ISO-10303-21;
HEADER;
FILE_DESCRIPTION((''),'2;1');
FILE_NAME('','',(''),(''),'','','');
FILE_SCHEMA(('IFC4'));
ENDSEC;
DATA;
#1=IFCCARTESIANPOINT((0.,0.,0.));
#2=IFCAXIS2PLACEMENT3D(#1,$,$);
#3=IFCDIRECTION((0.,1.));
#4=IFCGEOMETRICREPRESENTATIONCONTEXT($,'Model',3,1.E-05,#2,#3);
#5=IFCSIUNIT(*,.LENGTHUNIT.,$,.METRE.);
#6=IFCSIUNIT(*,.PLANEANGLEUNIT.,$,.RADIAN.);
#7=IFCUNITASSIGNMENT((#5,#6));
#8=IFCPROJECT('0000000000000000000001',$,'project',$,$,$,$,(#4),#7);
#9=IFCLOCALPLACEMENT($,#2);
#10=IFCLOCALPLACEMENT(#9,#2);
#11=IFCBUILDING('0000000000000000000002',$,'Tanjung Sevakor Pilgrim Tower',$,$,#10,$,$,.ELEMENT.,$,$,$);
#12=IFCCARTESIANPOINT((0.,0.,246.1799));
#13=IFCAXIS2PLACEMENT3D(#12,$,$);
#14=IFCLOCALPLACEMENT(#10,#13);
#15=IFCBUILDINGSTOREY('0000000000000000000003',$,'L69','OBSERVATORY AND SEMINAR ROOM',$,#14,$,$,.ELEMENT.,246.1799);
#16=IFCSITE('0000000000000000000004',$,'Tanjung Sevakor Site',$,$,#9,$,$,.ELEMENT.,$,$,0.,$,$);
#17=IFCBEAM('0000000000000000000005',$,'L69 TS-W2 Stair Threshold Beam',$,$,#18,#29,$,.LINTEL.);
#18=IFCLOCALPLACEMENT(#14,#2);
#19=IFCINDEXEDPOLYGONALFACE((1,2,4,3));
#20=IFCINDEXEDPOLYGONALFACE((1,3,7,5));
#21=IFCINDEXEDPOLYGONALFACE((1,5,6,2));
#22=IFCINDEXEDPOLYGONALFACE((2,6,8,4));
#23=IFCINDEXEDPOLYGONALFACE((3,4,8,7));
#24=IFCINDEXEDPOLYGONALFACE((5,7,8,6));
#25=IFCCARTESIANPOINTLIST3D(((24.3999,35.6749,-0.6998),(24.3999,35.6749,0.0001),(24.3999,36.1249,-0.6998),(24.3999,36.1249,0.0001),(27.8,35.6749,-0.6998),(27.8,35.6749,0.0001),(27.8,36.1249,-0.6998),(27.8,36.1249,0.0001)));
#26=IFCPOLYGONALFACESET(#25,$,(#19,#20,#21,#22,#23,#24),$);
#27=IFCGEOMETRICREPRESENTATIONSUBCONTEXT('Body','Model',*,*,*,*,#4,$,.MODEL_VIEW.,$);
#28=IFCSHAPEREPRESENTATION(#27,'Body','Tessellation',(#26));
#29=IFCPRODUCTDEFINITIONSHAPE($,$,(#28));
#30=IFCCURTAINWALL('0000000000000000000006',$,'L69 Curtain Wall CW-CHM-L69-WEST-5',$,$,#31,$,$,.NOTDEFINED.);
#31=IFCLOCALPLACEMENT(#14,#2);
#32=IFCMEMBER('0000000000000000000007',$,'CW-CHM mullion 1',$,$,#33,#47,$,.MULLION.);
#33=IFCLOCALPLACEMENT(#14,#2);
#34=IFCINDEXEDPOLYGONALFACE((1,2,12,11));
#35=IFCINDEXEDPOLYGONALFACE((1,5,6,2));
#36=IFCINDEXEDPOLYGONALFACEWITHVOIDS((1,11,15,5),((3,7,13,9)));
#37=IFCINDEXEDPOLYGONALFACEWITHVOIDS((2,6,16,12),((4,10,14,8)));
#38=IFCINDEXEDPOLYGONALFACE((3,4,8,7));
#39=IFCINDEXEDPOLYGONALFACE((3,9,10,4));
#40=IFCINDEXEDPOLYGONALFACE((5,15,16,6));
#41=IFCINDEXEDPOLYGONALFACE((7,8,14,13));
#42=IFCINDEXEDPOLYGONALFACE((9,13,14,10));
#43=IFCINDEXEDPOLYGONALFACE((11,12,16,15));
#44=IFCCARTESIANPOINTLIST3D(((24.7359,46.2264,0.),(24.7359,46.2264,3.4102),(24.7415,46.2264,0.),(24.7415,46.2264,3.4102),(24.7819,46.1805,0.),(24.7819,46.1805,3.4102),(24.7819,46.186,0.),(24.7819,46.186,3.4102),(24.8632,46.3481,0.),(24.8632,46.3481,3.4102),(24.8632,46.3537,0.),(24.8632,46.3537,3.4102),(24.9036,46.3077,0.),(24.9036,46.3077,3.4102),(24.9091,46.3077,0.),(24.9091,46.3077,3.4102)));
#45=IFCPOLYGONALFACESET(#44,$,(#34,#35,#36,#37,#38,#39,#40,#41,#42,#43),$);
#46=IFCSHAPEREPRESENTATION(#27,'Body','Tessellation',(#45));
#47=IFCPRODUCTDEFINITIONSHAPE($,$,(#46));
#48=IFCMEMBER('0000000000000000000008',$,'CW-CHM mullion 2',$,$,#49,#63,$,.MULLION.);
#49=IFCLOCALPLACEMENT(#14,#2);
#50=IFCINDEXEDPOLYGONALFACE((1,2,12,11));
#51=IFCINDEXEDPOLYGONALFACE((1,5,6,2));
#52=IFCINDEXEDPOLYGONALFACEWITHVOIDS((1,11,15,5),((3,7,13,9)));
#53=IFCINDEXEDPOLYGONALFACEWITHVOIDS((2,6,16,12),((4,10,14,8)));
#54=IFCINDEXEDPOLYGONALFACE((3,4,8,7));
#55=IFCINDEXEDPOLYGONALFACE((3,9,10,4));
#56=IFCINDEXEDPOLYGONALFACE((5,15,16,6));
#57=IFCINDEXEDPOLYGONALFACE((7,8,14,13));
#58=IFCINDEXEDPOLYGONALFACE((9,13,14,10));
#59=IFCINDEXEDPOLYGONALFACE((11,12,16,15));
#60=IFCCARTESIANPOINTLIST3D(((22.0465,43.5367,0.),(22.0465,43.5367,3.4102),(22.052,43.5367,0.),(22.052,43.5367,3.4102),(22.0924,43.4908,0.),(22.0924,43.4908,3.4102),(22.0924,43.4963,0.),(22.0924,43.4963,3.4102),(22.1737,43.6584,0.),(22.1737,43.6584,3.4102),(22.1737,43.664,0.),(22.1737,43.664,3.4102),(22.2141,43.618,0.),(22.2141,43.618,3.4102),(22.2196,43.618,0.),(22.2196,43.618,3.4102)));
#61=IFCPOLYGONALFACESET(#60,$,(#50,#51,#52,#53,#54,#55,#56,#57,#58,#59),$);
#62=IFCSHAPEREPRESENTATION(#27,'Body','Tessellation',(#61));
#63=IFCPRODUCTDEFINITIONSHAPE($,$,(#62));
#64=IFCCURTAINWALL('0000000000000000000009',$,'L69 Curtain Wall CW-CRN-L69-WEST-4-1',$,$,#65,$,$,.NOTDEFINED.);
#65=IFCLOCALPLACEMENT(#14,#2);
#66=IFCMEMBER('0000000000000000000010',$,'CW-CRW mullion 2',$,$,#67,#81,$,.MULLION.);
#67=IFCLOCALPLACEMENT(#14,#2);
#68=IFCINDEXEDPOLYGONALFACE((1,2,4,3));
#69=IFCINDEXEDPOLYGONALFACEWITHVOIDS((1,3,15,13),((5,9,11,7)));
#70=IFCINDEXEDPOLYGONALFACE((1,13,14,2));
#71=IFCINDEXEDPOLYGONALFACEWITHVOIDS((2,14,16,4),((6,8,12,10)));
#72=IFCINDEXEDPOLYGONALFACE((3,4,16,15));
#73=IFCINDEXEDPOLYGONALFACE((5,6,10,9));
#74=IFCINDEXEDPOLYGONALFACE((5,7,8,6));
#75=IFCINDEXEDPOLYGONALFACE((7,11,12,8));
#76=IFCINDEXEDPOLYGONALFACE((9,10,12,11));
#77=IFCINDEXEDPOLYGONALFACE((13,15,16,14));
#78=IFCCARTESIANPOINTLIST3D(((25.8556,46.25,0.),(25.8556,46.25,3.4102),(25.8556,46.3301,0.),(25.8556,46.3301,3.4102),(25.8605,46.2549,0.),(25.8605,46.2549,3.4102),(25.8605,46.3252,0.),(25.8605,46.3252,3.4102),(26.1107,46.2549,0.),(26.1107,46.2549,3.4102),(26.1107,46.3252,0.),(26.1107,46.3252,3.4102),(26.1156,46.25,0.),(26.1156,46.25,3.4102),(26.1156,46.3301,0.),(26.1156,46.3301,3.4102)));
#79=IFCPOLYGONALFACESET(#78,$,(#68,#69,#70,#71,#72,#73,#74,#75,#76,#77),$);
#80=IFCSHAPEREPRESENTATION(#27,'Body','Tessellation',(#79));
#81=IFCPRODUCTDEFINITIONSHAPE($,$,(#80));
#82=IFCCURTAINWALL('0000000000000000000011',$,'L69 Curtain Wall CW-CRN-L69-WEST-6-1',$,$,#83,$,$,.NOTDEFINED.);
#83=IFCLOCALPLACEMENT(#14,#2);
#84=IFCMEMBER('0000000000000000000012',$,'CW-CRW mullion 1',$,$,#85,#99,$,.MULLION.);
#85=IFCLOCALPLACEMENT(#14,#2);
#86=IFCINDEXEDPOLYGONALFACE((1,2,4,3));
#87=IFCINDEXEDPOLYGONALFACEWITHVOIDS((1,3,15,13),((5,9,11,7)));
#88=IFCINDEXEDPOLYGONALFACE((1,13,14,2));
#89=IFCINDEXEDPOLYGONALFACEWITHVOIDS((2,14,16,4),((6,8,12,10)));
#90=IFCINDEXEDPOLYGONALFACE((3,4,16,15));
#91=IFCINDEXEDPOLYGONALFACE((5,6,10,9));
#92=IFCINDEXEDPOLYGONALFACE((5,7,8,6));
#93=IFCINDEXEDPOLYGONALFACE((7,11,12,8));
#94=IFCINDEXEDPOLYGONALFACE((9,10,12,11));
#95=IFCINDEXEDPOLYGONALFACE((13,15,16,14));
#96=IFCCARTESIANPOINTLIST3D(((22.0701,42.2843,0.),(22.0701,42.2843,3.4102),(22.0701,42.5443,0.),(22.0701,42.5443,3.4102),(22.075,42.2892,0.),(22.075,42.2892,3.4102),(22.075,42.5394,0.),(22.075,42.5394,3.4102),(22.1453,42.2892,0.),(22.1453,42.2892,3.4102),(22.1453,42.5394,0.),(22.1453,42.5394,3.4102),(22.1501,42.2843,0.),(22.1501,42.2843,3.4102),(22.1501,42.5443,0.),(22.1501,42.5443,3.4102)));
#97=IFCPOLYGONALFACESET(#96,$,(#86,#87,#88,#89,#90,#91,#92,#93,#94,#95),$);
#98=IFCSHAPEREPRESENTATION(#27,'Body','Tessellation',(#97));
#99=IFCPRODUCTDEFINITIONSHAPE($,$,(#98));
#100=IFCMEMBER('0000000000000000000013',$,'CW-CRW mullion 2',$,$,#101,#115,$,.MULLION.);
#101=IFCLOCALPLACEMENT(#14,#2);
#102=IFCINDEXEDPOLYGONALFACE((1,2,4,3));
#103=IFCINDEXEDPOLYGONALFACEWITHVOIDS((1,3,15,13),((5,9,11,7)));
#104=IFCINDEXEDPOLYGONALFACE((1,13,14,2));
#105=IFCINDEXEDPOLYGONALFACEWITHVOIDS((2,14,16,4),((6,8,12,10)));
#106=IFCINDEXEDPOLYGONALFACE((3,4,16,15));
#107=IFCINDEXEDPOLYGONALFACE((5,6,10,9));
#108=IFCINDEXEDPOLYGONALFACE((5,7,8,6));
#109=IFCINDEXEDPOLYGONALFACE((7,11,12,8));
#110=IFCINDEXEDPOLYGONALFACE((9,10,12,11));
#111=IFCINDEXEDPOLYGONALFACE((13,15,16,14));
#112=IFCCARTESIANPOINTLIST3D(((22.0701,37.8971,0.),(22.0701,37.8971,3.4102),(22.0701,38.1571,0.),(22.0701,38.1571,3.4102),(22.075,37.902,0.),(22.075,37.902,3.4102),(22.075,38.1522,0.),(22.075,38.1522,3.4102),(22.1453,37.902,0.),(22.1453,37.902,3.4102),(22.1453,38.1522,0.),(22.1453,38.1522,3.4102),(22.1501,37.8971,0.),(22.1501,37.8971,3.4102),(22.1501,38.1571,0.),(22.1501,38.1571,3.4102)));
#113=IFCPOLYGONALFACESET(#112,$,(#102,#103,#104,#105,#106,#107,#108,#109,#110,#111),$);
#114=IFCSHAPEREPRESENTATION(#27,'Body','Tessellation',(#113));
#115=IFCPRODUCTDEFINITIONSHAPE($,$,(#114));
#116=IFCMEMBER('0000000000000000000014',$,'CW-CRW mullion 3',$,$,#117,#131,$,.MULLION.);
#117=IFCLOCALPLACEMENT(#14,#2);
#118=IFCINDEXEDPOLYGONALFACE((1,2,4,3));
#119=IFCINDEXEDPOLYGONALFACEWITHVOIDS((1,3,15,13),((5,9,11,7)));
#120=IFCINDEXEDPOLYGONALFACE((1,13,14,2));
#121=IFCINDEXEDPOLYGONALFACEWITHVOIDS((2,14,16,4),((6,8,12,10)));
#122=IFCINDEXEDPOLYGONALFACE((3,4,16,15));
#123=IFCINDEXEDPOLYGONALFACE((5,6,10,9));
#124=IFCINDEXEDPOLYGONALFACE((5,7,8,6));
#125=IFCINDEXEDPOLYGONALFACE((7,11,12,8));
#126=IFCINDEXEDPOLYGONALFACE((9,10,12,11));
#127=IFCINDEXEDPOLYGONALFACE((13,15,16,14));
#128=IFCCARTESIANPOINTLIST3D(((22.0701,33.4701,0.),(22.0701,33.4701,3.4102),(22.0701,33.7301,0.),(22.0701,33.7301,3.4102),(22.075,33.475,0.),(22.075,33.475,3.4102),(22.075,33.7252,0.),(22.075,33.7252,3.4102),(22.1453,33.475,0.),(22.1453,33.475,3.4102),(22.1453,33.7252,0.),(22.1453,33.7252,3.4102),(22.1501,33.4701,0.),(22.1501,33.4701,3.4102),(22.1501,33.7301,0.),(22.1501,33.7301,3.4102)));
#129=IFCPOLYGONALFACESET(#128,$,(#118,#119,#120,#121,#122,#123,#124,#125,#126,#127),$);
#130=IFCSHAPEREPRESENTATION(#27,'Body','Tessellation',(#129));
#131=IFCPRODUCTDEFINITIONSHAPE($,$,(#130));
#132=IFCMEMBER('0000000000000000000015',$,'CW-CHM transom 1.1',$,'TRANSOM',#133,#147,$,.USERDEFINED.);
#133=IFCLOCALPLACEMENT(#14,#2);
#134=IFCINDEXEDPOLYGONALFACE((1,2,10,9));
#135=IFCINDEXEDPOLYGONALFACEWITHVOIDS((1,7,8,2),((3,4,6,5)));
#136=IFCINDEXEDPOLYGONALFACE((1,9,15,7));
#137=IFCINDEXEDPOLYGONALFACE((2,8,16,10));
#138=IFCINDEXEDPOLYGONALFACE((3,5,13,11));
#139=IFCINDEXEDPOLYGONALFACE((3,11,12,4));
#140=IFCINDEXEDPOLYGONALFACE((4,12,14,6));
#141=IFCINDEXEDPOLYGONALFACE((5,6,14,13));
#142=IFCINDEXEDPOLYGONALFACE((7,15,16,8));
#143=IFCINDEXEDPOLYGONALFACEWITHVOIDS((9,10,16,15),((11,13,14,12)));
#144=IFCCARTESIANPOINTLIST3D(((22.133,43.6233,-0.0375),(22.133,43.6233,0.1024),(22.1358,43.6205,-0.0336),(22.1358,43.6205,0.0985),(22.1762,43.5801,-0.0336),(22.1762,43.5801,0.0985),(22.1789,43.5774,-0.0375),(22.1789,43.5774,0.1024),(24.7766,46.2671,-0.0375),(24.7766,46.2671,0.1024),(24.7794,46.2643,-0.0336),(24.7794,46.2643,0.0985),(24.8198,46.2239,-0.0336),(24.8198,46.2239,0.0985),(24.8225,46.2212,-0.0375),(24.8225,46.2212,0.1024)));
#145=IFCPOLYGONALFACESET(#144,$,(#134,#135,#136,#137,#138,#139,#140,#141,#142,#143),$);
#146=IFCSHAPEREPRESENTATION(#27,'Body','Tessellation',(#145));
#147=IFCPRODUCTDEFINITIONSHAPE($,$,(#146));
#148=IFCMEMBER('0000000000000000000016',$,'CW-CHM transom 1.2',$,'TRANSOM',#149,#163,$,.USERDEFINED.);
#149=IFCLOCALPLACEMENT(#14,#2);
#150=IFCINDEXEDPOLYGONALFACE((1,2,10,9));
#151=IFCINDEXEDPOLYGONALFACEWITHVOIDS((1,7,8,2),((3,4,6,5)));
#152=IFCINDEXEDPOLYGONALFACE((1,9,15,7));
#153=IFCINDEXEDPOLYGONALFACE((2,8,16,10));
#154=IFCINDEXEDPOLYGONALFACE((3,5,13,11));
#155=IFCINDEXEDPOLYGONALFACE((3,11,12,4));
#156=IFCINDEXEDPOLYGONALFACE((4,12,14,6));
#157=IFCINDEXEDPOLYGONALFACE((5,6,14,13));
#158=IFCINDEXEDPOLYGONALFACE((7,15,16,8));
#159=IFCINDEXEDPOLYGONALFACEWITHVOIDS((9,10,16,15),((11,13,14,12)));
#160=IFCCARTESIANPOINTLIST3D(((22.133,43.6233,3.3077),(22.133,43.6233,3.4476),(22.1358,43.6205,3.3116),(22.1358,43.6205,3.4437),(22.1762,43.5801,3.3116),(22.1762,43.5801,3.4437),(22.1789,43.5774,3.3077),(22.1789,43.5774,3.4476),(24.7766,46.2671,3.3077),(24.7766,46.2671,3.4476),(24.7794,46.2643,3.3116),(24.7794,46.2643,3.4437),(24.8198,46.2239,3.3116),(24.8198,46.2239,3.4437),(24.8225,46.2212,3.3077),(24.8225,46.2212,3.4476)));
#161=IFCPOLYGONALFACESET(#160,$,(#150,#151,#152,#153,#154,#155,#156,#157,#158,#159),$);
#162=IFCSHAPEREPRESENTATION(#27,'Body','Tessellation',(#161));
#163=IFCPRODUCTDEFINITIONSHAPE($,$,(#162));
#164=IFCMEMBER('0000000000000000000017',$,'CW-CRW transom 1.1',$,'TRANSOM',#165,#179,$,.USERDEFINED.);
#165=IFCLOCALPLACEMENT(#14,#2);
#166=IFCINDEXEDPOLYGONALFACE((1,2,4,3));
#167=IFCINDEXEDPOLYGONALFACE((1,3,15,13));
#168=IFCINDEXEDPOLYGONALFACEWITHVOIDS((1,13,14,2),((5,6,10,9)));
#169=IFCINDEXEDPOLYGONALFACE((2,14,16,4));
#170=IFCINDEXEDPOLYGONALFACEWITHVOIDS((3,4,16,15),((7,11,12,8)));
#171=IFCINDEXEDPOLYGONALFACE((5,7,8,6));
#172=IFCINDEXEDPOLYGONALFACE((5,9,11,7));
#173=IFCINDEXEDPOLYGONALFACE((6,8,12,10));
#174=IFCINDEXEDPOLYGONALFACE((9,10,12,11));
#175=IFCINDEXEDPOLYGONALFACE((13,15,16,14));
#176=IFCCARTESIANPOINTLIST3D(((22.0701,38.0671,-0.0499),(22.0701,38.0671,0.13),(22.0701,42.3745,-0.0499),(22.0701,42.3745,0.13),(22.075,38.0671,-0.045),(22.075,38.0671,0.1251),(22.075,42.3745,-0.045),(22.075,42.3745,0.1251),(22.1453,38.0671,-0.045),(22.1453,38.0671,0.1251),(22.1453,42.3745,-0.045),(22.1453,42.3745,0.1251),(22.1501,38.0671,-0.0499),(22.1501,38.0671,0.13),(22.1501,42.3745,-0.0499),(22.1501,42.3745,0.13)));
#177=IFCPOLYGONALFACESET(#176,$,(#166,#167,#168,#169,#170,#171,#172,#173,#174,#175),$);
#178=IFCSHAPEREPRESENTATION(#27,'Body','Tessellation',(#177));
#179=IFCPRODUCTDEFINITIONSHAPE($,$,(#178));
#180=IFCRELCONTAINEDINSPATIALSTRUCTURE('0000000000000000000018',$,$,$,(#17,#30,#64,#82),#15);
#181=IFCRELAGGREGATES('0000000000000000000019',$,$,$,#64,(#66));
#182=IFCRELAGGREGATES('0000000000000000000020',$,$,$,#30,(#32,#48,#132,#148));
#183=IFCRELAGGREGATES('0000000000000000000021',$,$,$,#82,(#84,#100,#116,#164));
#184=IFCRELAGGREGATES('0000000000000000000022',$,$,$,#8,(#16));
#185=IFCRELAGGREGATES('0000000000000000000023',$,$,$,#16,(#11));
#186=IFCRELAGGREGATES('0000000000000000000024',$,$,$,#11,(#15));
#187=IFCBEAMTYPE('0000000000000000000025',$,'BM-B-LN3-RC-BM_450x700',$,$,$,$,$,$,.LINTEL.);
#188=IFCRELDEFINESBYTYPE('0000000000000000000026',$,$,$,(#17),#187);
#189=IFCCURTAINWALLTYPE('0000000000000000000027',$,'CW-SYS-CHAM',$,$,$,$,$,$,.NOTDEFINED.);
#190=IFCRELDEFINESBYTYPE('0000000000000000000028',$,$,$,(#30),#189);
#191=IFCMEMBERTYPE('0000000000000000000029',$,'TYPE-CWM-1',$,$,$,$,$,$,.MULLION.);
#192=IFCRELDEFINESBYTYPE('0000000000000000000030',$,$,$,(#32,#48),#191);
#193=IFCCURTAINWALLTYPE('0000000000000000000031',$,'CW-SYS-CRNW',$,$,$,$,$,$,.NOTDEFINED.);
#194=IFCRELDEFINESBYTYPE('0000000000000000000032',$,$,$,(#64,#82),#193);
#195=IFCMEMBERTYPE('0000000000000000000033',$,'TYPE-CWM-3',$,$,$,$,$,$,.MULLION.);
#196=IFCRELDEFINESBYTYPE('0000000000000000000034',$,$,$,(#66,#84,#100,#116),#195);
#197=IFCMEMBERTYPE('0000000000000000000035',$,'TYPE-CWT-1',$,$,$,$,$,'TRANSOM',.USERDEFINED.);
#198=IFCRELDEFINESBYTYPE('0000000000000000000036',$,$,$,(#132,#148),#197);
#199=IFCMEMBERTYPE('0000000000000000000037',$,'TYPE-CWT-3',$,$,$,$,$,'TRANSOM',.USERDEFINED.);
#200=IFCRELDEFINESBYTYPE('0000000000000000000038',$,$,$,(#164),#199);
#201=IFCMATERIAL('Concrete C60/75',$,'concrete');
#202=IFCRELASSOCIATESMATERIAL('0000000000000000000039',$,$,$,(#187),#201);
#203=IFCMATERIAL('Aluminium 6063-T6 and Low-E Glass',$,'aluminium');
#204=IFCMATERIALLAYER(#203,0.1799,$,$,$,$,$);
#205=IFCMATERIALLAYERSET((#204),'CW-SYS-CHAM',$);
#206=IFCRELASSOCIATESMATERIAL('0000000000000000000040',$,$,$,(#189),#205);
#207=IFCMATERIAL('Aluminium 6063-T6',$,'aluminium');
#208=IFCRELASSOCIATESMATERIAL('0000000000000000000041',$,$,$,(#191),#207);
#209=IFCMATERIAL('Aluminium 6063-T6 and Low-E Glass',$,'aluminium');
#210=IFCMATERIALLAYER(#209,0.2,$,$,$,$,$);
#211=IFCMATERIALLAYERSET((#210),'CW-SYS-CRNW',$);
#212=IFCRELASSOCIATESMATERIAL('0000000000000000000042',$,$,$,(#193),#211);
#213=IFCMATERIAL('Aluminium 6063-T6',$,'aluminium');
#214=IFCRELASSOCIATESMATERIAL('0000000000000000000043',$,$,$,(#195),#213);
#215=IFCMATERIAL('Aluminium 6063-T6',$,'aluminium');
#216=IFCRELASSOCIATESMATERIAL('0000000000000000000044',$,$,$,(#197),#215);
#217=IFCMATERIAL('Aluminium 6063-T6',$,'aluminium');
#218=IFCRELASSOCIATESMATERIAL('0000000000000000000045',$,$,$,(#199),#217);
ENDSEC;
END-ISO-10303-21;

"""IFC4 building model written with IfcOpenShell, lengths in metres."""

from ifc_helpers import new_model, si_unit, direction, frame, origin, origin_2d, place, context, subcontext, project, spatial, rectangle, hollow_rectangle, extrude, material, layer, layer_set, material_profile, profile_set, type_object, element, aggregate, save


model = new_model("IFC4")

# Units and contexts
model_context = context("Model", 3, precision=1e-05, world=origin(), true_north=direction((0.0, 1.0)))
body_context = subcontext(model_context, "Body", "Model", "MODEL_VIEW")
ifc_project = project(units=[si_unit("LENGTHUNIT", "METRE"), si_unit("PLANEANGLEUNIT", "RADIAN")], contexts=[model_context])

# Site, building, storey
site_placement = place(None, origin())
site = spatial("IfcSite", under=ifc_project, at=site_placement, Name="Tanjung Sevakor Site", CompositionType="ELEMENT", RefElevation=0.0)
building_placement = place(site_placement, origin())
building = spatial("IfcBuilding", under=site, at=building_placement, Name="Tanjung Sevakor Pilgrim Tower", CompositionType="ELEMENT")
storey_placement = place(building_placement, frame((0.0, 0.0, 246.1799)))
storey = spatial("IfcBuildingStorey", under=building, at=storey_placement, Name="L69", Description="OBSERVATORY AND SEMINAR ROOM", CompositionType="ELEMENT", Elevation=246.1799)

# Beam
ifc_material_1 = material(Name="Concrete C60/75", Category="concrete")
ifc_material_profile_1 = material_profile(ifc_material_1, rectangle(XDim=0.45, YDim=0.7, at=origin_2d()))
ifc_profile_set_1 = profile_set([ifc_material_profile_1], Name="Concrete C60/75")
beam_type = type_object("IfcBeamType", Name="BM-B-LN3-RC-BM_450x700", PredefinedType="LINTEL", material=ifc_profile_set_1)
beam_placement = place(storey_placement, frame((24.3999, 35.8999, -0.3499), z_axis=(1.0, 0.0, 0.0), x_axis=(0.0, 1.0, 0.0)))
element("IfcBeam", 1, at=beam_placement, inside=storey, type_object=beam_type, Name="L69 TS-W2 Stair Threshold Beam", PredefinedType="LINTEL", context=body_context, shape_type="SweptSolid", body=[
    extrude(rectangle(XDim=0.45, YDim=0.7, at=origin_2d()), origin(), (0.0, 0.0, 1.0), 3.4001),
])

# Curtain wall, members
ifc_material_2 = material(Name="Aluminium 6063-T6 and Low-E Glass", Category="aluminium")
ifc_layer_1 = layer(ifc_material_2, 0.1799)
ifc_layer_set_1 = layer_set([ifc_layer_1], Name="CW-SYS-CHAM")
curtain_wall_type_1 = type_object("IfcCurtainWallType", Name="CW-SYS-CHAM", PredefinedType="NOTDEFINED", material=ifc_layer_set_1)
curtain_wall_1_placement = place(storey_placement, origin())
curtain_wall_1 = element("IfcCurtainWall", 2, at=curtain_wall_1_placement, inside=storey, type_object=curtain_wall_type_1, Name="L69 Curtain Wall CW-CHM-L69-WEST-5", PredefinedType="NOTDEFINED")
ifc_material_3 = material(Name="Aluminium 6063-T6", Category="aluminium")
ifc_material_profile_2 = material_profile(ifc_material_3, hollow_rectangle(XDim=0.0649, YDim=0.1799, WallThickness=0.0039, at=origin_2d()))
ifc_profile_set_2 = profile_set([ifc_material_profile_2], Name="Aluminium 6063-T6")
member_type_1 = type_object("IfcMemberType", Name="TYPE-CWM-1", PredefinedType="MULLION", material=ifc_profile_set_2)
member_1_placement = place(storey_placement, frame((24.8225, 46.2671, 0.0), z_axis=(0.0, 0.0, 1.0), x_axis=(0.707107, -0.707107, 0.0)))
member_1 = element("IfcMember", 3, at=member_1_placement, type_object=member_type_1, Name="CW-CHM mullion 1", PredefinedType="MULLION", context=body_context, shape_type="SweptSolid", body=[
    extrude(hollow_rectangle(XDim=0.0649, YDim=0.1799, WallThickness=0.0039, at=origin_2d()), origin(), (0.0, 0.0, 1.0), 3.4102),
])
member_2_placement = place(storey_placement, frame((22.1331, 43.5774, 0.0), z_axis=(0.0, 0.0, 1.0), x_axis=(0.707107, -0.707107, 0.0)))
member_2 = element("IfcMember", 4, at=member_2_placement, type_object=member_type_1, Name="CW-CHM mullion 2", PredefinedType="MULLION", context=body_context, shape_type="SweptSolid", body=[
    extrude(hollow_rectangle(XDim=0.0649, YDim=0.1799, WallThickness=0.0039, at=origin_2d()), origin(), (0.0, 0.0, 1.0), 3.4102),
])

# Curtain wall, member
ifc_material_4 = material(Name="Aluminium 6063-T6 and Low-E Glass", Category="aluminium")
ifc_layer_2 = layer(ifc_material_4, 0.2)
ifc_layer_set_2 = layer_set([ifc_layer_2], Name="CW-SYS-CRNW")
curtain_wall_type_2 = type_object("IfcCurtainWallType", Name="CW-SYS-CRNW", PredefinedType="NOTDEFINED", material=ifc_layer_set_2)
curtain_wall_2_placement = place(storey_placement, origin())
curtain_wall_2 = element("IfcCurtainWall", 5, at=curtain_wall_2_placement, inside=storey, type_object=curtain_wall_type_2, Name="L69 Curtain Wall CW-CRN-L69-WEST-4-1", PredefinedType="NOTDEFINED")
ifc_material_5 = material(Name="Aluminium 6063-T6", Category="aluminium")
ifc_material_profile_3 = material_profile(ifc_material_5, hollow_rectangle(XDim=0.0801, YDim=0.26, WallThickness=0.0049, at=origin_2d()))
ifc_profile_set_3 = profile_set([ifc_material_profile_3], Name="Aluminium 6063-T6")
member_type_2 = type_object("IfcMemberType", Name="TYPE-CWM-3", PredefinedType="MULLION", material=ifc_profile_set_3)
member_3_placement = place(storey_placement, frame((25.9856, 46.29, 0.0), z_axis=(0.0, 0.0, 1.0), x_axis=(0.0, -1.0, 0.0)))
member_3 = element("IfcMember", 6, at=member_3_placement, type_object=member_type_2, Name="CW-CRW mullion 2", PredefinedType="MULLION", context=body_context, shape_type="SweptSolid", body=[
    extrude(hollow_rectangle(XDim=0.0801, YDim=0.26, WallThickness=0.0049, at=origin_2d()), origin(), (0.0, 0.0, 1.0), 3.4102),
])
aggregate(curtain_wall_2, [member_3])

# Curtain wall, members
curtain_wall_3_placement = place(storey_placement, origin())
curtain_wall_3 = element("IfcCurtainWall", 7, at=curtain_wall_3_placement, inside=storey, type_object=curtain_wall_type_2, Name="L69 Curtain Wall CW-CRN-L69-WEST-6-1", PredefinedType="NOTDEFINED")
member_4_placement = place(storey_placement, frame((22.1101, 42.4143, 0.0), z_axis=(0.0, 0.0, 1.0), x_axis=(1.0, 0.0, 0.0)))
member_4 = element("IfcMember", 8, at=member_4_placement, type_object=member_type_2, Name="CW-CRW mullion 1", PredefinedType="MULLION", context=body_context, shape_type="SweptSolid", body=[
    extrude(hollow_rectangle(XDim=0.0801, YDim=0.26, WallThickness=0.0049, at=origin_2d()), origin(), (0.0, 0.0, 1.0), 3.4102),
])
member_5_placement = place(storey_placement, frame((22.1101, 38.0271, 0.0), z_axis=(0.0, 0.0, 1.0), x_axis=(1.0, 0.0, 0.0)))
member_5 = element("IfcMember", 9, at=member_5_placement, type_object=member_type_2, Name="CW-CRW mullion 2", PredefinedType="MULLION", context=body_context, shape_type="SweptSolid", body=[
    extrude(hollow_rectangle(XDim=0.0801, YDim=0.26, WallThickness=0.0049, at=origin_2d()), origin(), (0.0, 0.0, 1.0), 3.4102),
])
member_6_placement = place(storey_placement, frame((22.1101, 33.6001, 0.0), z_axis=(0.0, 0.0, 1.0), x_axis=(1.0, 0.0, 0.0)))
member_6 = element("IfcMember", 10, at=member_6_placement, type_object=member_type_2, Name="CW-CRW mullion 3", PredefinedType="MULLION", context=body_context, shape_type="SweptSolid", body=[
    extrude(hollow_rectangle(XDim=0.0801, YDim=0.26, WallThickness=0.0049, at=origin_2d()), origin(), (0.0, 0.0, 1.0), 3.4102),
])

# Members
ifc_material_6 = material(Name="Aluminium 6063-T6", Category="aluminium")
ifc_material_profile_4 = material_profile(ifc_material_6, hollow_rectangle(XDim=0.0649, YDim=0.1399, WallThickness=0.0039, at=origin_2d()))
ifc_profile_set_4 = profile_set([ifc_material_profile_4], Name="Aluminium 6063-T6")
member_type_3 = type_object("IfcMemberType", Name="TYPE-CWT-1", ElementType="TRANSOM", PredefinedType="USERDEFINED", material=ifc_profile_set_4)
member_7_placement = place(storey_placement, frame((24.7996, 46.2441, 0.0325), z_axis=(-0.707074, -0.707139, 0.0), x_axis=(0.707139, -0.707074, 0.0)))
member_7 = element("IfcMember", 11, at=member_7_placement, type_object=member_type_3, Name="CW-CHM transom 1.1", ObjectType="TRANSOM", PredefinedType="USERDEFINED", context=body_context, shape_type="SweptSolid", body=[
    extrude(hollow_rectangle(XDim=0.0649, YDim=0.1399, WallThickness=0.0039, at=origin_2d()), origin(), (0.0, 0.0, 1.0), 3.7388),
])
member_8_placement = place(storey_placement, frame((24.7996, 46.2441, 3.3777), z_axis=(-0.707074, -0.707139, 0.0), x_axis=(0.707139, -0.707074, 0.0)))
member_8 = element("IfcMember", 12, at=member_8_placement, type_object=member_type_3, Name="CW-CHM transom 1.2", ObjectType="TRANSOM", PredefinedType="USERDEFINED", context=body_context, shape_type="SweptSolid", body=[
    extrude(hollow_rectangle(XDim=0.0649, YDim=0.1399, WallThickness=0.0039, at=origin_2d()), origin(), (0.0, 0.0, 1.0), 3.7388),
])
ifc_material_7 = material(Name="Aluminium 6063-T6", Category="aluminium")
ifc_material_profile_5 = material_profile(ifc_material_7, hollow_rectangle(XDim=0.0801, YDim=0.1799, WallThickness=0.0049, at=origin_2d()))
ifc_profile_set_5 = profile_set([ifc_material_profile_5], Name="Aluminium 6063-T6")
member_type_4 = type_object("IfcMemberType", Name="TYPE-CWT-3", ElementType="TRANSOM", PredefinedType="USERDEFINED", material=ifc_profile_set_5)
member_9_placement = place(storey_placement, frame((22.1101, 42.3745, 0.04), z_axis=(0.0, -1.0, 0.0), x_axis=(1.0, 0.0, 0.0)))
member_9 = element("IfcMember", 13, at=member_9_placement, type_object=member_type_4, Name="CW-CRW transom 1.1", ObjectType="TRANSOM", PredefinedType="USERDEFINED", context=body_context, shape_type="SweptSolid", body=[
    extrude(hollow_rectangle(XDim=0.0801, YDim=0.1799, WallThickness=0.0049, at=origin_2d()), origin(), (0.0, 0.0, 1.0), 4.3074),
])

aggregate(curtain_wall_1, [member_1, member_2, member_7, member_8])
aggregate(curtain_wall_3, [member_4, member_5, member_6, member_9])

save(model, "model.ifc")
